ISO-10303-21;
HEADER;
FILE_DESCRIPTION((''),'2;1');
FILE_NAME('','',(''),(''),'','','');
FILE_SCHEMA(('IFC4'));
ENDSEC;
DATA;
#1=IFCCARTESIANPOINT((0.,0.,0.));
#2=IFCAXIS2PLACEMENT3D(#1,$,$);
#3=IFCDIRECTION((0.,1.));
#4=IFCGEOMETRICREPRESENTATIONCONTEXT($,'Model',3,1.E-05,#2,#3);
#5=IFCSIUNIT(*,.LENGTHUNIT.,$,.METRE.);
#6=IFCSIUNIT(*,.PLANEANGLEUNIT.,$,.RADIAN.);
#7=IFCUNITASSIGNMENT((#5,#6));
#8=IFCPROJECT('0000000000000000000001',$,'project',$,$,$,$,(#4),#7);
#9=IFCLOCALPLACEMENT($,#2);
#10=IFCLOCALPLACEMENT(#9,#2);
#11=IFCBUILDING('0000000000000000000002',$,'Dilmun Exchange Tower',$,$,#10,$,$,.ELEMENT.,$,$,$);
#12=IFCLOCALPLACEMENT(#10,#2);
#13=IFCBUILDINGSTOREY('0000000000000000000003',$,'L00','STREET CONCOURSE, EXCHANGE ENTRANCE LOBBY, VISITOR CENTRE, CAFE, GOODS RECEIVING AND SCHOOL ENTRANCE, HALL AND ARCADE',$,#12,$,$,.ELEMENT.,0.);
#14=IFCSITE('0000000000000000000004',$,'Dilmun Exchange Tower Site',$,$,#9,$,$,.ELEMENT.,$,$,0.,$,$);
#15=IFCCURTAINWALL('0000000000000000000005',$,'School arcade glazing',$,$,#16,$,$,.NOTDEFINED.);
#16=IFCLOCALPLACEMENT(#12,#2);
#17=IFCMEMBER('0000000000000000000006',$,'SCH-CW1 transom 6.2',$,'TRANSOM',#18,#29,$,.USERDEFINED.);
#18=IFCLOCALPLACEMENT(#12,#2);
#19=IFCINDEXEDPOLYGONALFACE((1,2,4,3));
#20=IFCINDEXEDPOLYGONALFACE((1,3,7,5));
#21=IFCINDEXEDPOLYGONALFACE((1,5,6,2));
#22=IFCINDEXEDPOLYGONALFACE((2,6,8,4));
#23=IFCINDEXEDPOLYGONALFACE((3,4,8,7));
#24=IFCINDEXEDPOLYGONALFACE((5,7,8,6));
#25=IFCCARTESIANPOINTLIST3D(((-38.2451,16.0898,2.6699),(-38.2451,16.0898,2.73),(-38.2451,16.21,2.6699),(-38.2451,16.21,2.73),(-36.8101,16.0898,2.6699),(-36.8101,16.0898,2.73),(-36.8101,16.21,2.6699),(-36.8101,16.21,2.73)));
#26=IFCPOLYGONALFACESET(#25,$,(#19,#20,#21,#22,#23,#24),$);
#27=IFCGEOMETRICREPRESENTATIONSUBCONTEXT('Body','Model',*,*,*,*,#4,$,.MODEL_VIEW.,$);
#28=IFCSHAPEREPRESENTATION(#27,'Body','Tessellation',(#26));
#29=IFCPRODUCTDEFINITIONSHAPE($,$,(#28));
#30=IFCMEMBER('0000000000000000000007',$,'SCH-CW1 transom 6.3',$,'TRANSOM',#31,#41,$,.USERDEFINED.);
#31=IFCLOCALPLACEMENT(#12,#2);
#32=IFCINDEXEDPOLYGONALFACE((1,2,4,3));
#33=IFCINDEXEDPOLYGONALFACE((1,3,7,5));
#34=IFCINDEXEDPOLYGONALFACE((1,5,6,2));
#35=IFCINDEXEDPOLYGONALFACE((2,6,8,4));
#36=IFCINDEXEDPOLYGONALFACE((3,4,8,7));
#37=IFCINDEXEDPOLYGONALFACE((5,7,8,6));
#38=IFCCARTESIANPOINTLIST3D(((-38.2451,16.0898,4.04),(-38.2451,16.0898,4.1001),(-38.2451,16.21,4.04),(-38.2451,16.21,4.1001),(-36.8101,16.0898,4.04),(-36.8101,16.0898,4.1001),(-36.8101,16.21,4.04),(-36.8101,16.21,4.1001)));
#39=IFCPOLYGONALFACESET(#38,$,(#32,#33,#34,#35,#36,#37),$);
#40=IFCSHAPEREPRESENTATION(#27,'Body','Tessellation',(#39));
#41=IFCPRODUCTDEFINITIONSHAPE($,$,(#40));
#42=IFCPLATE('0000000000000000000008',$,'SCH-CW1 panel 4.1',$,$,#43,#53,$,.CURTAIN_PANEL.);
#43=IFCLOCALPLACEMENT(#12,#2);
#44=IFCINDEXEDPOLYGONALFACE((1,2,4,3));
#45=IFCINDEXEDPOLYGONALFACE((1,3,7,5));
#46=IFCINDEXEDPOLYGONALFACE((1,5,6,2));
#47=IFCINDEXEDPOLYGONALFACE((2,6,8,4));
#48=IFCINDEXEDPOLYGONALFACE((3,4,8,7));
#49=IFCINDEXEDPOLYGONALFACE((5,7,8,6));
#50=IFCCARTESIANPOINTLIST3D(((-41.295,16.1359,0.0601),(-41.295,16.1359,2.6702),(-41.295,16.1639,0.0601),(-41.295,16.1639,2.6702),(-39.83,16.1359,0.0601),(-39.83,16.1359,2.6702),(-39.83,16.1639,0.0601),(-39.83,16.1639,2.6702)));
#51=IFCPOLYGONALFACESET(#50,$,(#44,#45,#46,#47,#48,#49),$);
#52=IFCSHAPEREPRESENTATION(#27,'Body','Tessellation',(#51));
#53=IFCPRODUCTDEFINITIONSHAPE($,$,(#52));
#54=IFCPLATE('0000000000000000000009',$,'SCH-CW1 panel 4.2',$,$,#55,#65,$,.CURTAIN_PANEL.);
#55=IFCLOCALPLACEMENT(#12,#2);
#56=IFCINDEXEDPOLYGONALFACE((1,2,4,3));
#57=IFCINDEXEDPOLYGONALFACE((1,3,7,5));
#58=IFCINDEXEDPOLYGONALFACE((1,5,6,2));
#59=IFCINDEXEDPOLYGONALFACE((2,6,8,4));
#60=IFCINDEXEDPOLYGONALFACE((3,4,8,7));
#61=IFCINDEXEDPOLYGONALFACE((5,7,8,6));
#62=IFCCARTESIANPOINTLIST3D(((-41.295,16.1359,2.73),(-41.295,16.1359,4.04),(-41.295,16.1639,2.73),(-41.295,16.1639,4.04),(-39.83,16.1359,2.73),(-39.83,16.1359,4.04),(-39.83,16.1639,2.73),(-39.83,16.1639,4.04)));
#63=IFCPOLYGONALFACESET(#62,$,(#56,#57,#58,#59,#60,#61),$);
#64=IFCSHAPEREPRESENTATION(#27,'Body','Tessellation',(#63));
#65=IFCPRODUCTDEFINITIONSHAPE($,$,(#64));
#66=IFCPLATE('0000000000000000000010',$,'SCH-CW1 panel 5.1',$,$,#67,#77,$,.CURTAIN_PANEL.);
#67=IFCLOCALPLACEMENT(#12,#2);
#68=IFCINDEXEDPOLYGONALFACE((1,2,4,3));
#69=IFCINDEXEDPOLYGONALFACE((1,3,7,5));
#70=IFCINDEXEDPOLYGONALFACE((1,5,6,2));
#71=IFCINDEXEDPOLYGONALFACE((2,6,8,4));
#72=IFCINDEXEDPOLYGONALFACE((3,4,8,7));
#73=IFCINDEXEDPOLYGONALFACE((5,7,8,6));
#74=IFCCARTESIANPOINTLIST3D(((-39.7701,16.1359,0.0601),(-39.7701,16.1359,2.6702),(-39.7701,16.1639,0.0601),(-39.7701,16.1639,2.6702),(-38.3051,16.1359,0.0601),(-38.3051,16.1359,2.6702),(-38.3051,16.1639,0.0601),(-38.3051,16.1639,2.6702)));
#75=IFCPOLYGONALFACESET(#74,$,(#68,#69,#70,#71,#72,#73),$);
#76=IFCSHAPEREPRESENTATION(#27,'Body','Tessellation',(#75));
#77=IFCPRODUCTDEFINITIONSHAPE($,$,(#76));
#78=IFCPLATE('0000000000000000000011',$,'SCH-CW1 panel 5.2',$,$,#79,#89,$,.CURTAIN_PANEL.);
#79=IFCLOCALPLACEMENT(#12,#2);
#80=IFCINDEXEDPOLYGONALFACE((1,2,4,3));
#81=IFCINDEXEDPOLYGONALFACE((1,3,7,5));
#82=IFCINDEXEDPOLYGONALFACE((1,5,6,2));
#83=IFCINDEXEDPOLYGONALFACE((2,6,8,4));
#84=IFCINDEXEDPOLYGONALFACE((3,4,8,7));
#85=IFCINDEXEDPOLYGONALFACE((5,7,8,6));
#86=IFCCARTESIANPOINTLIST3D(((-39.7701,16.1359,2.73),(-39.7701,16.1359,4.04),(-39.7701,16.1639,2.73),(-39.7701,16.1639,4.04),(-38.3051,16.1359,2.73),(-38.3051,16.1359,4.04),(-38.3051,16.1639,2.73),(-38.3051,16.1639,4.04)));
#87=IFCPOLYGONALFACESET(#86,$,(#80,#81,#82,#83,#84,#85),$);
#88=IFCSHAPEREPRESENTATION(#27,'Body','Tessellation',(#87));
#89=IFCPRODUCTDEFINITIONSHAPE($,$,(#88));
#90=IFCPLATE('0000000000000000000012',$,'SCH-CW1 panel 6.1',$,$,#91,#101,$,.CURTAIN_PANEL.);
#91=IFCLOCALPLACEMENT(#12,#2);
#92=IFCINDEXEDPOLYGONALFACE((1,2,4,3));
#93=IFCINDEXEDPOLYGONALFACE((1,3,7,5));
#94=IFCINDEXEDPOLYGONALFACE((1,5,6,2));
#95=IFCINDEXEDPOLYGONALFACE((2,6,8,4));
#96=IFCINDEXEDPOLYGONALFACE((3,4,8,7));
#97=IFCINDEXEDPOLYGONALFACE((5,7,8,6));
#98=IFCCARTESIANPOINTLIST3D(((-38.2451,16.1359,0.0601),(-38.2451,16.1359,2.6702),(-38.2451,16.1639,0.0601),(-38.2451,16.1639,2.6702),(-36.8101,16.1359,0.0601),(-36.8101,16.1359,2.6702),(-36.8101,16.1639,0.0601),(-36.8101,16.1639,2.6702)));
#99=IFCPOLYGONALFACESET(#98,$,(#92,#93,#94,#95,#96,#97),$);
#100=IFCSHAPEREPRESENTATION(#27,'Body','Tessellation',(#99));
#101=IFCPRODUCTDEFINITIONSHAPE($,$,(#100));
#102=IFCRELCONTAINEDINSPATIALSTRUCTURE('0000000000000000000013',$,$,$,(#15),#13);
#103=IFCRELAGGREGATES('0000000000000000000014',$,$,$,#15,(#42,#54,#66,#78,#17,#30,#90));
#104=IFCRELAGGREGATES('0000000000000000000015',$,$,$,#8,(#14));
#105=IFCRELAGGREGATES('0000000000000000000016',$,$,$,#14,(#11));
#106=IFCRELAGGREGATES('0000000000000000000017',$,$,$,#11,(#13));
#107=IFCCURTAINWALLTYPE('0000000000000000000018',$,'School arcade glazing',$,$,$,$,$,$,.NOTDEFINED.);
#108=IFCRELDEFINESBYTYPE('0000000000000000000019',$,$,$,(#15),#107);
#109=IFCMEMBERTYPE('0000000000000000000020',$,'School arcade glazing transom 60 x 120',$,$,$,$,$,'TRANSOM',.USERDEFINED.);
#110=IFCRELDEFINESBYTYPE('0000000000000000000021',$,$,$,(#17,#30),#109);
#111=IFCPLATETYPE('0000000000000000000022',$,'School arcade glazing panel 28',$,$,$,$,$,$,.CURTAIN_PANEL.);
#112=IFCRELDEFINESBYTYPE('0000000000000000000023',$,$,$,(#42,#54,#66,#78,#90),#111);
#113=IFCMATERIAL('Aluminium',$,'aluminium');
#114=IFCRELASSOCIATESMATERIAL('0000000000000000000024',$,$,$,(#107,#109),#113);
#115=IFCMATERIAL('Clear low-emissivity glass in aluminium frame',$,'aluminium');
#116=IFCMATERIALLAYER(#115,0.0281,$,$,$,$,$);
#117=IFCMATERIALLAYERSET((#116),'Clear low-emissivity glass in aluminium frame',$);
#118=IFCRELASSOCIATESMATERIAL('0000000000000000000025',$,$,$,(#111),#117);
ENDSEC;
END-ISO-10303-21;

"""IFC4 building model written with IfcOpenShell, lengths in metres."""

from ifc_helpers import new_model, si_unit, direction, frame, origin, origin_2d, place, context, subcontext, project, spatial, rectangle, extrude, material, layer, layer_set, material_profile, profile_set, type_object, element, aggregate, save


model = new_model("IFC4")

# Units and contexts
model_context = context("Model", 3, precision=1e-05, world=origin(), true_north=direction((0.0, 1.0)))
body_context = subcontext(model_context, "Body", "Model", "MODEL_VIEW")
ifc_project = project(units=[si_unit("LENGTHUNIT", "METRE"), si_unit("PLANEANGLEUNIT", "RADIAN")], contexts=[model_context])

# Site, building, storey
site_placement = place(None, origin())
site = spatial("IfcSite", under=ifc_project, at=site_placement, Name="Dilmun Exchange Tower Site", CompositionType="ELEMENT", RefElevation=0.0)
building_placement = place(site_placement, origin())
building = spatial("IfcBuilding", under=site, at=building_placement, Name="Dilmun Exchange Tower", CompositionType="ELEMENT")
storey_placement = place(building_placement, origin())
storey = spatial("IfcBuildingStorey", under=building, at=storey_placement, Name="L00", Description="STREET CONCOURSE, EXCHANGE ENTRANCE LOBBY, VISITOR CENTRE, CAFE, GOODS RECEIVING AND SCHOOL ENTRANCE, HALL AND ARCADE", CompositionType="ELEMENT", Elevation=0.0)

# Curtain wall, members, plates
ifc_material_1 = material(Name="Aluminium", Category="aluminium")
curtain_wall_type = type_object("IfcCurtainWallType", Name="School arcade glazing", PredefinedType="NOTDEFINED", material=ifc_material_1)
curtain_wall_placement = place(storey_placement, origin())
curtain_wall = element("IfcCurtainWall", 1, at=curtain_wall_placement, inside=storey, type_object=curtain_wall_type, Name="School arcade glazing", PredefinedType="NOTDEFINED")
ifc_material_profile_1 = material_profile(ifc_material_1, rectangle(XDim=0.1201, YDim=0.0601, at=origin_2d()), Name="60 x 120")
ifc_profile_set_1 = profile_set([ifc_material_profile_1], Name="Aluminium")
member_type_1 = type_object("IfcMemberType", Name="School arcade glazing transom 60 x 120", ElementType="TRANSOM", PredefinedType="USERDEFINED", material=ifc_profile_set_1)
member_1_placement = place(storey_placement, frame((-38.2451, 16.1499, 2.7), z_axis=(1.0, 0.0, 0.0), x_axis=(0.0, 1.0, 0.0)))
member_1 = element("IfcMember", 2, at=member_1_placement, type_object=member_type_1, Name="SCH-CW1 transom 6.2", ObjectType="TRANSOM", PredefinedType="USERDEFINED", context=body_context, shape_type="SweptSolid", body=[
    extrude(rectangle(XDim=0.1201, YDim=0.0601, at=origin_2d()), origin(), (0.0, 0.0, 1.0), 1.4351),
])
member_2_placement = place(storey_placement, frame((-38.2451, 16.1499, 4.0701), z_axis=(1.0, 0.0, 0.0), x_axis=(0.0, 1.0, 0.0)))
member_2 = element("IfcMember", 3, at=member_2_placement, type_object=member_type_1, Name="SCH-CW1 transom 6.3", ObjectType="TRANSOM", PredefinedType="USERDEFINED", context=body_context, shape_type="SweptSolid", body=[
    extrude(rectangle(XDim=0.1201, YDim=0.0601, at=origin_2d()), origin(), (0.0, 0.0, 1.0), 1.4351),
])
ifc_material_2 = material(Name="Clear low-emissivity glass in aluminium frame", Category="aluminium")
ifc_layer = layer(ifc_material_2, 0.0281)
ifc_layer_set = layer_set([ifc_layer], Name="Clear low-emissivity glass in aluminium frame")
plate_type = type_object("IfcPlateType", Name="School arcade glazing panel 28", PredefinedType="CURTAIN_PANEL", material=ifc_layer_set)
plate_1_placement = place(storey_placement, frame((-40.5625, 16.1499, 0.0601), z_axis=(0.0, 0.0, 1.0), x_axis=(1.0, 0.0, 0.0)))
plate_1 = element("IfcPlate", 4, at=plate_1_placement, type_object=plate_type, Name="SCH-CW1 panel 4.1", PredefinedType="CURTAIN_PANEL", context=body_context, shape_type="SweptSolid", body=[
    extrude(rectangle(XDim=1.4651, YDim=0.0281, at=origin_2d()), origin(), (0.0, 0.0, 1.0), 2.6101),
])
plate_2_placement = place(storey_placement, frame((-40.5625, 16.1499, 2.73), z_axis=(0.0, 0.0, 1.0), x_axis=(1.0, 0.0, 0.0)))
plate_2 = element("IfcPlate", 5, at=plate_2_placement, type_object=plate_type, Name="SCH-CW1 panel 4.2", PredefinedType="CURTAIN_PANEL", context=body_context, shape_type="SweptSolid", body=[
    extrude(rectangle(XDim=1.4651, YDim=0.0281, at=origin_2d()), origin(), (0.0, 0.0, 1.0), 1.3101),
])
plate_3_placement = place(storey_placement, frame((-39.0376, 16.1499, 0.0601), z_axis=(0.0, 0.0, 1.0), x_axis=(1.0, 0.0, 0.0)))
plate_3 = element("IfcPlate", 6, at=plate_3_placement, type_object=plate_type, Name="SCH-CW1 panel 5.1", PredefinedType="CURTAIN_PANEL", context=body_context, shape_type="SweptSolid", body=[
    extrude(rectangle(XDim=1.4651, YDim=0.0281, at=origin_2d()), origin(), (0.0, 0.0, 1.0), 2.6101),
])
plate_4_placement = place(storey_placement, frame((-39.0376, 16.1499, 2.73), z_axis=(0.0, 0.0, 1.0), x_axis=(1.0, 0.0, 0.0)))
plate_4 = element("IfcPlate", 7, at=plate_4_placement, type_object=plate_type, Name="SCH-CW1 panel 5.2", PredefinedType="CURTAIN_PANEL", context=body_context, shape_type="SweptSolid", body=[
    extrude(rectangle(XDim=1.4651, YDim=0.0281, at=origin_2d()), origin(), (0.0, 0.0, 1.0), 1.3101),
])
plate_5_placement = place(storey_placement, frame((-37.5276, 16.1499, 0.0601), z_axis=(0.0, 0.0, 1.0), x_axis=(1.0, 0.0, 0.0)))
plate_5 = element("IfcPlate", 8, at=plate_5_placement, type_object=plate_type, Name="SCH-CW1 panel 6.1", PredefinedType="CURTAIN_PANEL", context=body_context, shape_type="SweptSolid", body=[
    extrude(rectangle(XDim=1.4351, YDim=0.0281, at=origin_2d()), origin(), (0.0, 0.0, 1.0), 2.6101),
])
aggregate(curtain_wall, [plate_1, plate_2, plate_3, plate_4, member_1, member_2, plate_5])

save(model, "model.ifc")
